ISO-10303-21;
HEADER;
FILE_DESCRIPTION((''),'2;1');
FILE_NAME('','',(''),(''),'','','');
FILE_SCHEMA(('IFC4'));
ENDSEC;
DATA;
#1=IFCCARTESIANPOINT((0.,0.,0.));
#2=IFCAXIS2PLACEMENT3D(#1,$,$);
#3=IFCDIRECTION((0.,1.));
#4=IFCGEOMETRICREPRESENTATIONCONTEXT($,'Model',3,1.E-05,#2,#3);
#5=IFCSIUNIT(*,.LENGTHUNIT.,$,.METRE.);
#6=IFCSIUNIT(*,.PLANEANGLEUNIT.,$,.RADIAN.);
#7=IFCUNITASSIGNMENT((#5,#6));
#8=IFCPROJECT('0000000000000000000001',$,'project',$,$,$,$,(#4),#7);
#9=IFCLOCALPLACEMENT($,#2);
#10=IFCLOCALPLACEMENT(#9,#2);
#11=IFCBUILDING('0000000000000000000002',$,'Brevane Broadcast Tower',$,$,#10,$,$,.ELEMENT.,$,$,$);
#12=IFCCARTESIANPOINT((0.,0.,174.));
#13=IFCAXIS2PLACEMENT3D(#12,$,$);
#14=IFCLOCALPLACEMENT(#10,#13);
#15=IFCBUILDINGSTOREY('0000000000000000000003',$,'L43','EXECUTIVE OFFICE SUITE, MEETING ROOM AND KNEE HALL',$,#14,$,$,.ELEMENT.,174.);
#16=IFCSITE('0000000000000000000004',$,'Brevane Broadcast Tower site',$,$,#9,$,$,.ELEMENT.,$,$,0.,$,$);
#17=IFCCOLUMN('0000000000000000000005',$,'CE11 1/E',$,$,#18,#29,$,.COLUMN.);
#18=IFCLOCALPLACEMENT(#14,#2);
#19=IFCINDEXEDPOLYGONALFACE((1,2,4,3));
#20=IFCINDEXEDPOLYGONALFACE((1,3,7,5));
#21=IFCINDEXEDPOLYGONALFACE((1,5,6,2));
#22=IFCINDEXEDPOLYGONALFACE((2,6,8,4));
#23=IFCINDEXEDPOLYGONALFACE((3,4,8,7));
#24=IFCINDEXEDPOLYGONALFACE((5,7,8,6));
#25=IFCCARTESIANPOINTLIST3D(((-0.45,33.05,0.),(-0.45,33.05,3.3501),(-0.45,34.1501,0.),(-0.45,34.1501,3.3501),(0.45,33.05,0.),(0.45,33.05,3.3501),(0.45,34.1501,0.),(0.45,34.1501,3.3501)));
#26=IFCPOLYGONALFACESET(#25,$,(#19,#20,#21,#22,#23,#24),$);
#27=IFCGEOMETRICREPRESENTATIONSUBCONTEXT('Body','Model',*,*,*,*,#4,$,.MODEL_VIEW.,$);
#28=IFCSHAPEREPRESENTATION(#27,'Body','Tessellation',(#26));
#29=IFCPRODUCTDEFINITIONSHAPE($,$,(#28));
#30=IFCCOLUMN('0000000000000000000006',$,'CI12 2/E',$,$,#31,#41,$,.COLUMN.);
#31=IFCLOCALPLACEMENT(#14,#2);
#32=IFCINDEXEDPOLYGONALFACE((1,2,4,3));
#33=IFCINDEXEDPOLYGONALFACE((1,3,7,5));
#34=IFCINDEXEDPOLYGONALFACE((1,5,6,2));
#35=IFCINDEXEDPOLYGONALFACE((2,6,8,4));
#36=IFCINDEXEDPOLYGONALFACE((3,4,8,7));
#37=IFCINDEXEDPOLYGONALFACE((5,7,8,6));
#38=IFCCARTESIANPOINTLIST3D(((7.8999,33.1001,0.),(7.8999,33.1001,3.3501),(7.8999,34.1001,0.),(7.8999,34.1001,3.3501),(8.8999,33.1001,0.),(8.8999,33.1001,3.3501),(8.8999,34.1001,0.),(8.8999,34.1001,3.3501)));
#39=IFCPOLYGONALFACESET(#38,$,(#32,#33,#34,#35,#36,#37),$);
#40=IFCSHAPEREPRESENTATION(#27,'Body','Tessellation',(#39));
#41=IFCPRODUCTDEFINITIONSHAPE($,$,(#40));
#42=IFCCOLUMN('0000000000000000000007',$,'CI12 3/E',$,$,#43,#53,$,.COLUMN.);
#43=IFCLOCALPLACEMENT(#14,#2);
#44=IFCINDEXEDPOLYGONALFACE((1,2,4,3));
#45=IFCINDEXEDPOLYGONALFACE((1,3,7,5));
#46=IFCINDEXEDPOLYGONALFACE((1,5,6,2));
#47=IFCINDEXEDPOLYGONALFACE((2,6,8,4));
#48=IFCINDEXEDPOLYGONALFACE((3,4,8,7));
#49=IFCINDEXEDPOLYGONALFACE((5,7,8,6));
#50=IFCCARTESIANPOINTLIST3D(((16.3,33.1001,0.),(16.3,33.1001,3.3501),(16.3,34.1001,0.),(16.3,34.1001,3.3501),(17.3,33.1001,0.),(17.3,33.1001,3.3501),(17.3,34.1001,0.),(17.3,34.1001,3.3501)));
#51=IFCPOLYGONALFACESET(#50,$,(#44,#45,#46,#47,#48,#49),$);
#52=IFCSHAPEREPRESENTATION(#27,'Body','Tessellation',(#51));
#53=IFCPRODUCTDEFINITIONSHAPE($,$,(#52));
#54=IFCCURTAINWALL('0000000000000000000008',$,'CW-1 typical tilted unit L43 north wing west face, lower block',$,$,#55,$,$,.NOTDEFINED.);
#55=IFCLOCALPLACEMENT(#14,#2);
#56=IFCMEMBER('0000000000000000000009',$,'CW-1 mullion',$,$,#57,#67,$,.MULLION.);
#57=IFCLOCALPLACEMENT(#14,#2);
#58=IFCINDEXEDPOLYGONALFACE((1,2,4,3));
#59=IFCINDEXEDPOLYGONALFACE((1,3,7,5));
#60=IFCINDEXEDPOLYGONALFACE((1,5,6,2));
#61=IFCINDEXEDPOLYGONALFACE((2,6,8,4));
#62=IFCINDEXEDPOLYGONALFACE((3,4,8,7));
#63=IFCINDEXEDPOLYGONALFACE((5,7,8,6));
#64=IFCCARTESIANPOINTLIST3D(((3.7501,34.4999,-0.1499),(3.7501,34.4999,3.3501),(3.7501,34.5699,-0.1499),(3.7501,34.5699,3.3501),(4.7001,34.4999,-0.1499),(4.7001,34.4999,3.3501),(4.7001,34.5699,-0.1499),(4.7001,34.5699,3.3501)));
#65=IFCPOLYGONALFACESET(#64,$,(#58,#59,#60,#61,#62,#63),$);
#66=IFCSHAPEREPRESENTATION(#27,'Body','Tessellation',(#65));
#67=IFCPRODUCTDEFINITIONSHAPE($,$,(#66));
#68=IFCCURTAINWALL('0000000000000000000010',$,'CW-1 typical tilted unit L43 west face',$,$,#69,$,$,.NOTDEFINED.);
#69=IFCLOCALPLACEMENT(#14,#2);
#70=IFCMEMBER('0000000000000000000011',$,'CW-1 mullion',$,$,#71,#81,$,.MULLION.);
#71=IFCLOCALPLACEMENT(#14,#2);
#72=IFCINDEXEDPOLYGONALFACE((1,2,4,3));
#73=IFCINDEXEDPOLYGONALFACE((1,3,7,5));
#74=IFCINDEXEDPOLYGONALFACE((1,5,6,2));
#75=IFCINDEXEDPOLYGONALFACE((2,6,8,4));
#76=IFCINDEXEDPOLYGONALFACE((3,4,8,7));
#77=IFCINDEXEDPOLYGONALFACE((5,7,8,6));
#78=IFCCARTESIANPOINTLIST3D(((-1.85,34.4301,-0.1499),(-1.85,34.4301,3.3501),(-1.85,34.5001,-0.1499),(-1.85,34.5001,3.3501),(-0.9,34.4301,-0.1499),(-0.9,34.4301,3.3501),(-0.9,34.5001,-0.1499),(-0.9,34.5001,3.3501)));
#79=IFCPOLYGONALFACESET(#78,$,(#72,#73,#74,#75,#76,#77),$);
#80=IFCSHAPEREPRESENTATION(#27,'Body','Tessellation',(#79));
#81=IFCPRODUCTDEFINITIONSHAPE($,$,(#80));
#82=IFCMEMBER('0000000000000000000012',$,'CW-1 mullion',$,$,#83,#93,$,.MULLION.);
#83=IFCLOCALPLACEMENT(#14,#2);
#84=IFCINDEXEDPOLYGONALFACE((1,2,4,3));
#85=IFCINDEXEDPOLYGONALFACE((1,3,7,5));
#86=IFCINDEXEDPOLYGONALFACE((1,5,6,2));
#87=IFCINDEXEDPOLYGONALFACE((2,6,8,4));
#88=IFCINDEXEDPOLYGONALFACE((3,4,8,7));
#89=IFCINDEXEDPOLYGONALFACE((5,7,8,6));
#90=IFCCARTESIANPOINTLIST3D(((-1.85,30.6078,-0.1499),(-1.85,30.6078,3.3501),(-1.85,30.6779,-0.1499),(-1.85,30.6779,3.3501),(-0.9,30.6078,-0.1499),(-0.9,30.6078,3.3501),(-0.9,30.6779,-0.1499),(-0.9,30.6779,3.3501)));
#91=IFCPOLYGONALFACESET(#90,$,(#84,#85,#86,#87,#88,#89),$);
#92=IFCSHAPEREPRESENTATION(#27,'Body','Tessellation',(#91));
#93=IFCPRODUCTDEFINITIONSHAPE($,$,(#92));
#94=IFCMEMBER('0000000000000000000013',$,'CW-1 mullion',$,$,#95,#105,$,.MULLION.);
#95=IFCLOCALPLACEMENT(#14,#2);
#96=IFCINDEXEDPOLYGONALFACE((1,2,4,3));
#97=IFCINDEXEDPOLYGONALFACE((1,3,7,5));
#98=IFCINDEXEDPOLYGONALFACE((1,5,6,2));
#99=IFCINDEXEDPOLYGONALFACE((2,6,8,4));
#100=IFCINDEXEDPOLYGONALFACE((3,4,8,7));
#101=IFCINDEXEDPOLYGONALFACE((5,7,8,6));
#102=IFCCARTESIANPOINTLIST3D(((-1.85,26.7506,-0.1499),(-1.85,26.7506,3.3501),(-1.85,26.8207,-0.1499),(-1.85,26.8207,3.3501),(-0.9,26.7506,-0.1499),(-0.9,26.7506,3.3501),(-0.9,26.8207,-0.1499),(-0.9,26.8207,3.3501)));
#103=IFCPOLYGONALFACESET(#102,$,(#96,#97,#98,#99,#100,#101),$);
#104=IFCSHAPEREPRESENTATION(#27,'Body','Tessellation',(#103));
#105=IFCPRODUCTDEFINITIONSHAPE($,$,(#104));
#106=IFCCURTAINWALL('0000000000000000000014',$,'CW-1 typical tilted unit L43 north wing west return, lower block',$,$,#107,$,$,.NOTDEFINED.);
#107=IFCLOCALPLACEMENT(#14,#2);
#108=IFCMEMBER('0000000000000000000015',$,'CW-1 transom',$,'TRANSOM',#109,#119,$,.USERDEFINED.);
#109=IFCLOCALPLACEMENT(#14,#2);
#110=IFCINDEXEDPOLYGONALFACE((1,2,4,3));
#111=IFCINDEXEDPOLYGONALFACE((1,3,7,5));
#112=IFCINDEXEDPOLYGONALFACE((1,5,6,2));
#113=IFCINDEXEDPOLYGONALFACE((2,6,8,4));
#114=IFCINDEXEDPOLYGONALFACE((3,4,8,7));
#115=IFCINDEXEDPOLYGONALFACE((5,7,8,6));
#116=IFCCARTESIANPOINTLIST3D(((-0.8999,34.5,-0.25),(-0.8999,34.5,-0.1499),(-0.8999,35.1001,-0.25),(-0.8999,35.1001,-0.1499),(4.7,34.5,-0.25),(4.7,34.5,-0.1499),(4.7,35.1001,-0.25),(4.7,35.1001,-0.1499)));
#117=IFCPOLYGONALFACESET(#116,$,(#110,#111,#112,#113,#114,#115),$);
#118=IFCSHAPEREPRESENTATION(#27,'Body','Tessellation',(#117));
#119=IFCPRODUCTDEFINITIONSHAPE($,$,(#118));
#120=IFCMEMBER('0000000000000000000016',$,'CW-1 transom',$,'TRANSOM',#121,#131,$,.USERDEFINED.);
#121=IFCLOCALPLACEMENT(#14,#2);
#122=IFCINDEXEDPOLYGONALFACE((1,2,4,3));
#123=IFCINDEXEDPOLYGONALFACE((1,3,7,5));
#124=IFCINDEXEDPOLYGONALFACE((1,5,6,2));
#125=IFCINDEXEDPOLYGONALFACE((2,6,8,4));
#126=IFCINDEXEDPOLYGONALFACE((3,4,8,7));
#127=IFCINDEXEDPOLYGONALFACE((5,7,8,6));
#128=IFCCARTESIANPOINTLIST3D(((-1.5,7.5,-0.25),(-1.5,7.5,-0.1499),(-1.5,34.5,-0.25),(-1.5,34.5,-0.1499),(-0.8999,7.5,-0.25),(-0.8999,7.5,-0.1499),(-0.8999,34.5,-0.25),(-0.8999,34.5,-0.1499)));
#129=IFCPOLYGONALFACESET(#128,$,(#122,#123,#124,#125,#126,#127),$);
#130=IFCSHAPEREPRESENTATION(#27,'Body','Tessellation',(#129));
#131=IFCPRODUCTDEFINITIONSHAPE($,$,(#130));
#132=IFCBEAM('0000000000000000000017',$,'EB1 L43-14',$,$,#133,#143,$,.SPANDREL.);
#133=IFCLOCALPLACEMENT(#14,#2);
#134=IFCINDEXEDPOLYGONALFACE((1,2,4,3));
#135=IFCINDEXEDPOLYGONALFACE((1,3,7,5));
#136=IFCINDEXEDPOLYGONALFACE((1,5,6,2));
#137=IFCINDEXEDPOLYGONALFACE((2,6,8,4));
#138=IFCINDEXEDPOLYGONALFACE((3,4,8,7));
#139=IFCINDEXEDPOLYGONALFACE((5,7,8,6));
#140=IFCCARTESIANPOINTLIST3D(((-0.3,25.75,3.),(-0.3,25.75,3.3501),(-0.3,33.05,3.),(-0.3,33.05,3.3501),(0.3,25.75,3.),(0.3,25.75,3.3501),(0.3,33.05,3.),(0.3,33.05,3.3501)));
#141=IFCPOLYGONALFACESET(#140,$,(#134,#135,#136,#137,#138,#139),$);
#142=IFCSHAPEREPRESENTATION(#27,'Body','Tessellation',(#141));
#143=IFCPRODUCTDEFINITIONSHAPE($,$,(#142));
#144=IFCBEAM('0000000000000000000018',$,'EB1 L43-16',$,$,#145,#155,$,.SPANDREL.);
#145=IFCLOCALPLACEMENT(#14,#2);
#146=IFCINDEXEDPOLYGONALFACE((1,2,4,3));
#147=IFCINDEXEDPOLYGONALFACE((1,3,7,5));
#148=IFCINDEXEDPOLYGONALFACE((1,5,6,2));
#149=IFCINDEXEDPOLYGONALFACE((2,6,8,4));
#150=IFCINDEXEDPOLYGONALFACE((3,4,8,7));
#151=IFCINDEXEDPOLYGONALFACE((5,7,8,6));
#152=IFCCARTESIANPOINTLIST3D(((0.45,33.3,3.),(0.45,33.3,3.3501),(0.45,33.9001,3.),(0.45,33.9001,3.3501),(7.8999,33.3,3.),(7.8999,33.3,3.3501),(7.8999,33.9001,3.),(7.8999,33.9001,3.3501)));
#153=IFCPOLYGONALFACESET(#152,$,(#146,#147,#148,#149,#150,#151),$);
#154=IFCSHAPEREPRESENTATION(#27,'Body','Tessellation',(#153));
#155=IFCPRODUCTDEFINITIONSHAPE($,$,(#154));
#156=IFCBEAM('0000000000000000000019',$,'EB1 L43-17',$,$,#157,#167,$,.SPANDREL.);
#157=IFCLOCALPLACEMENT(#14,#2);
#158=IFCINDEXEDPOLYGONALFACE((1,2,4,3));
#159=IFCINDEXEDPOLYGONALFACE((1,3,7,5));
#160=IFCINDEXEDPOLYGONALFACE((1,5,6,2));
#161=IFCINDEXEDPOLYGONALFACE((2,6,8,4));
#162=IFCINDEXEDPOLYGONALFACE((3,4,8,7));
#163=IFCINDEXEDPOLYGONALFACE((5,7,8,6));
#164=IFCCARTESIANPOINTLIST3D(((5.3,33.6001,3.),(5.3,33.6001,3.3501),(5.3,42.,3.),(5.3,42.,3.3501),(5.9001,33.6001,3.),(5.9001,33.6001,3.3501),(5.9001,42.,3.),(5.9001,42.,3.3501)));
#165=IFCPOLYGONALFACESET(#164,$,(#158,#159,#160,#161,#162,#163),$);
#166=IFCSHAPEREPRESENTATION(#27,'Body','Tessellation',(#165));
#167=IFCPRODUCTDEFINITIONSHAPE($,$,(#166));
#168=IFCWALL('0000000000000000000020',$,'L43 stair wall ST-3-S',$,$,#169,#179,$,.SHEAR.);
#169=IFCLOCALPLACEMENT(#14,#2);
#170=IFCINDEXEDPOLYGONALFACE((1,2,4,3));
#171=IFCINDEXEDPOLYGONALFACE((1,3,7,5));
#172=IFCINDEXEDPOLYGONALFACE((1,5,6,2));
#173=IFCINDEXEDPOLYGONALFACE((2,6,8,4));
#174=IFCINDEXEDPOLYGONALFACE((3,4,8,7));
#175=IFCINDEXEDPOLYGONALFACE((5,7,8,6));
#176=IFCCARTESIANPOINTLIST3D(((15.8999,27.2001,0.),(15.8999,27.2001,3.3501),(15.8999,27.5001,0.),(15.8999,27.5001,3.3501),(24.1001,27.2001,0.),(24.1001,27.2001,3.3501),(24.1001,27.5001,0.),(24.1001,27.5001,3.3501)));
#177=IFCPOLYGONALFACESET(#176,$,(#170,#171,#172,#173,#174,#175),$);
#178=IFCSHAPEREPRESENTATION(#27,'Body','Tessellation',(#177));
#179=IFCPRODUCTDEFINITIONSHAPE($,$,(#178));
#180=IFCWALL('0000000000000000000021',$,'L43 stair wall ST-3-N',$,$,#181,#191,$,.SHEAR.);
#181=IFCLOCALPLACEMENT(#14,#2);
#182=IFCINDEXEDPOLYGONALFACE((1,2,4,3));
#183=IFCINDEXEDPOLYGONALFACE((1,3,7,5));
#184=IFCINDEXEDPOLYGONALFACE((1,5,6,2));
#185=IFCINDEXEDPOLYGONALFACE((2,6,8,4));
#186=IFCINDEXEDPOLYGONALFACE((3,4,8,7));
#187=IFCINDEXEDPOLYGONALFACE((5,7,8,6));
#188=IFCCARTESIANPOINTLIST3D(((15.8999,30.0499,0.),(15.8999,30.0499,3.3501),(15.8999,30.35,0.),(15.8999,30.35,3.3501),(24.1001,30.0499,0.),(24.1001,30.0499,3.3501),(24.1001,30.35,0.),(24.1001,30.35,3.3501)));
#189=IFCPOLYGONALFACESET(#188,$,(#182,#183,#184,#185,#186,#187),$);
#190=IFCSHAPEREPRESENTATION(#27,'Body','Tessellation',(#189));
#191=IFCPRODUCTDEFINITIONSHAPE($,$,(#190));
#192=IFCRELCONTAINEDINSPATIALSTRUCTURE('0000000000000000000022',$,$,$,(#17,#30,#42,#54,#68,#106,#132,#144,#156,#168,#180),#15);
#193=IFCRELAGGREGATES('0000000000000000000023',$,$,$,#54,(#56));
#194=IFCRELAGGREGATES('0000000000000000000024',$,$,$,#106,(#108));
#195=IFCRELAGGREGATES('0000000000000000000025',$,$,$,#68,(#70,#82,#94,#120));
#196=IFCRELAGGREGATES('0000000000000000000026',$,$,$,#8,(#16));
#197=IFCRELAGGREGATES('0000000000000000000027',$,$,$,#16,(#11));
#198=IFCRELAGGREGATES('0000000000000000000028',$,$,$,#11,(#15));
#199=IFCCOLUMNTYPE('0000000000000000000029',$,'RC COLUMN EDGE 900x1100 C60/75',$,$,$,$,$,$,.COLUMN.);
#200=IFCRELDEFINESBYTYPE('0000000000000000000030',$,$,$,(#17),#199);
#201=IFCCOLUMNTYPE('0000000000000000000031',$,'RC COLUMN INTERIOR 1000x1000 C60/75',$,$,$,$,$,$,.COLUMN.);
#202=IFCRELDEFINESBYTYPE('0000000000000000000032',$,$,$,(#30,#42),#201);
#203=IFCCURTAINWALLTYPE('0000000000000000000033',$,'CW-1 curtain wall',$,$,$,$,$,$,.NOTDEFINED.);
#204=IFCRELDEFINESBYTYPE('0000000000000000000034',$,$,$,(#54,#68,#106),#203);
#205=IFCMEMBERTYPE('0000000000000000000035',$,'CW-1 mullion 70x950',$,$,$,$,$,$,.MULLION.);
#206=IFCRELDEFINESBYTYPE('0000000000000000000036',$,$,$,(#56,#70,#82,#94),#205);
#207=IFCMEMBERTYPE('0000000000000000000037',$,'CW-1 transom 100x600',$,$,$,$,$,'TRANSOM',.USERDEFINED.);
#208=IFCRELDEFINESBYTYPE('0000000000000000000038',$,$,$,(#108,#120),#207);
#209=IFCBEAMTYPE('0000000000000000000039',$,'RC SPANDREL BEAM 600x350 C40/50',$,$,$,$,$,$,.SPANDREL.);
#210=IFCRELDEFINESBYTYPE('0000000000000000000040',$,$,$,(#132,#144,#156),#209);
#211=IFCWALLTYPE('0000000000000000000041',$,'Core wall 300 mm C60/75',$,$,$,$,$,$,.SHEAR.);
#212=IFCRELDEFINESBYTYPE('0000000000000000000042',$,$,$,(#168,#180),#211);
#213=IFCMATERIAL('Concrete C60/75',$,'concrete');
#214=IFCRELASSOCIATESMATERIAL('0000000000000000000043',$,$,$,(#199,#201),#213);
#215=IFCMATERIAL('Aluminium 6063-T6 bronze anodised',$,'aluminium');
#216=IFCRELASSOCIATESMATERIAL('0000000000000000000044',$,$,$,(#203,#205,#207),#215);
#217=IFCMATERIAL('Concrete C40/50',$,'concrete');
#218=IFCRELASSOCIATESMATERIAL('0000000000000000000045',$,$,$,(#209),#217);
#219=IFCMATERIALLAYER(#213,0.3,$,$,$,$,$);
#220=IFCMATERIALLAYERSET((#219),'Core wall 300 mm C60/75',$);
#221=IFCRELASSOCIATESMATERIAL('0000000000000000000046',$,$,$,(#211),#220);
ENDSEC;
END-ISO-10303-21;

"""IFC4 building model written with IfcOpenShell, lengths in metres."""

from ifc_helpers import new_model, si_unit, direction, frame, frame_2d, origin, origin_2d, place, context, subcontext, project, spatial, rectangle, extrude, material, layer, layer_set, material_profile, profile_set, type_object, element, aggregate, save


model = new_model("IFC4")

# Units and contexts
model_context = context("Model", 3, precision=1e-05, world=origin(), true_north=direction((0.0, 1.0)))
body_context = subcontext(model_context, "Body", "Model", "MODEL_VIEW")
ifc_project = project(units=[si_unit("LENGTHUNIT", "METRE"), si_unit("PLANEANGLEUNIT", "RADIAN")], contexts=[model_context])

# Site, building, storey
site_placement = place(None, origin())
site = spatial("IfcSite", under=ifc_project, at=site_placement, Name="Brevane Broadcast Tower site", CompositionType="ELEMENT", RefElevation=0.0)
building_placement = place(site_placement, origin())
building = spatial("IfcBuilding", under=site, at=building_placement, Name="Brevane Broadcast Tower", CompositionType="ELEMENT")
storey_placement = place(building_placement, frame((0.0, 0.0, 174.0)))
storey = spatial("IfcBuildingStorey", under=building, at=storey_placement, Name="L43", Description="EXECUTIVE OFFICE SUITE, MEETING ROOM AND KNEE HALL", CompositionType="ELEMENT", Elevation=174.0)

# Columns
ifc_material_1 = material(Name="Concrete C60/75", Category="concrete")
ifc_material_profile_1 = material_profile(ifc_material_1, rectangle(XDim=0.8999, YDim=1.1001, at=origin_2d()), Name="RC 900x1100")
ifc_profile_set_1 = profile_set([ifc_material_profile_1], Name="Concrete C60/75")
column_type_1 = type_object("IfcColumnType", Name="RC COLUMN EDGE 900x1100 C60/75", PredefinedType="COLUMN", material=ifc_profile_set_1)
column_placement = place(storey_placement, frame((0.0, 33.6001, 0.0), z_axis=(0.0, 0.0, 1.0), x_axis=(1.0, 0.0, 0.0)))
element("IfcColumn", 1, at=column_placement, inside=storey, type_object=column_type_1, Name="CE11 1/E", PredefinedType="COLUMN", context=body_context, shape_type="SweptSolid", body=[
    extrude(rectangle(XDim=0.8999, YDim=1.1001, at=origin_2d()), origin(), (0.0, 0.0, 1.0), 3.3501),
])
ifc_material_profile_2 = material_profile(ifc_material_1, rectangle(XDim=1.0, YDim=1.0, at=origin_2d()), Name="RC 1000x1000")
ifc_profile_set_2 = profile_set([ifc_material_profile_2], Name="Concrete C60/75")
column_type_2 = type_object("IfcColumnType", Name="RC COLUMN INTERIOR 1000x1000 C60/75", PredefinedType="COLUMN", material=ifc_profile_set_2)
for number, where, z_axis, x_axis, name in (
    (2, (8.3999, 33.6001, 0.0), (0.0, 0.0, 1.0), (1.0, 0.0, 0.0), "CI12 2/E"),
    (3, (16.8, 33.6001, 0.0), (0.0, 0.0, 1.0), (1.0, 0.0, 0.0), "CI12 3/E"),
):
    element("IfcColumn", number, at=place(storey_placement, frame(where, z_axis=z_axis, x_axis=x_axis)), inside=storey, type_object=column_type_2, Name=name, PredefinedType="COLUMN", context=body_context, shape_type="SweptSolid", body=[
        extrude(rectangle(XDim=1.0, YDim=1.0, at=origin_2d()), origin(), (0.0, 0.0, 1.0), 3.3501),
    ])

# Curtain wall, member
ifc_material_2 = material(Name="Aluminium 6063-T6 bronze anodised", Category="aluminium")
curtain_wall_type = type_object("IfcCurtainWallType", Name="CW-1 curtain wall", PredefinedType="NOTDEFINED", material=ifc_material_2)
curtain_wall_1_placement = place(storey_placement, origin())
curtain_wall_1 = element("IfcCurtainWall", 4, at=curtain_wall_1_placement, inside=storey, type_object=curtain_wall_type, Name="CW-1 typical tilted unit L43 north wing west face, lower block", PredefinedType="NOTDEFINED")
ifc_material_profile_3 = material_profile(ifc_material_2, rectangle(XDim=0.95, YDim=0.0701, at=origin_2d()), Name="RECT 70x950")
ifc_profile_set_3 = profile_set([ifc_material_profile_3], Name="Aluminium 6063-T6 bronze anodised")
member_type_1 = type_object("IfcMemberType", Name="CW-1 mullion 70x950", PredefinedType="MULLION", material=ifc_profile_set_3)
member_1_placement = place(storey_placement, frame((4.2251, 34.5349, -0.1499), z_axis=(0.0, 0.0, 1.0), x_axis=(1.0, 0.0, 0.0)))
member_1 = element("IfcMember", 5, at=member_1_placement, type_object=member_type_1, Name="CW-1 mullion", PredefinedType="MULLION", context=body_context, shape_type="SweptSolid", body=[
    extrude(rectangle(XDim=0.95, YDim=0.0701, at=origin_2d()), origin(), (0.0, 0.0, 1.0), 3.5),
])
aggregate(curtain_wall_1, [member_1])

# Curtain wall, members
curtain_wall_2_placement = place(storey_placement, origin())
curtain_wall_2 = element("IfcCurtainWall", 6, at=curtain_wall_2_placement, inside=storey, type_object=curtain_wall_type, Name="CW-1 typical tilted unit L43 west face", PredefinedType="NOTDEFINED")
member_2_placement = place(storey_placement, frame((-1.375, 34.4651, -0.1499), z_axis=(0.0, 0.0, 1.0), x_axis=(1.0, 0.0, 0.0)))
member_2 = element("IfcMember", 7, at=member_2_placement, type_object=member_type_1, Name="CW-1 mullion", PredefinedType="MULLION", context=body_context, shape_type="SweptSolid", body=[
    extrude(rectangle(XDim=0.95, YDim=0.0701, at=origin_2d()), origin(), (0.0, 0.0, 1.0), 3.5),
])
member_3_placement = place(storey_placement, frame((-1.375, 30.6428, -0.1499), z_axis=(0.0, 0.0, 1.0), x_axis=(1.0, 0.0, 0.0)))
member_3 = element("IfcMember", 8, at=member_3_placement, type_object=member_type_1, Name="CW-1 mullion", PredefinedType="MULLION", context=body_context, shape_type="SweptSolid", body=[
    extrude(rectangle(XDim=0.95, YDim=0.0701, at=origin_2d()), origin(), (0.0, 0.0, 1.0), 3.5),
])
member_4_placement = place(storey_placement, frame((-1.375, 26.7856, -0.1499), z_axis=(0.0, 0.0, 1.0), x_axis=(1.0, 0.0, 0.0)))
member_4 = element("IfcMember", 9, at=member_4_placement, type_object=member_type_1, Name="CW-1 mullion", PredefinedType="MULLION", context=body_context, shape_type="SweptSolid", body=[
    extrude(rectangle(XDim=0.95, YDim=0.0701, at=origin_2d()), origin(), (0.0, 0.0, 1.0), 3.5),
])

# Curtain wall, member
curtain_wall_3_placement = place(storey_placement, origin())
curtain_wall_3 = element("IfcCurtainWall", 10, at=curtain_wall_3_placement, inside=storey, type_object=curtain_wall_type, Name="CW-1 typical tilted unit L43 north wing west return, lower block", PredefinedType="NOTDEFINED")
ifc_material_profile_4 = material_profile(ifc_material_2, rectangle(XDim=0.6001, YDim=0.1001, at=origin_2d()), Name="RECT 100x600")
ifc_profile_set_4 = profile_set([ifc_material_profile_4], Name="Aluminium 6063-T6 bronze anodised")
member_type_2 = type_object("IfcMemberType", Name="CW-1 transom 100x600", ElementType="TRANSOM", PredefinedType="USERDEFINED", material=ifc_profile_set_4)
member_5_placement = place(storey_placement, frame((4.7, 34.8, -0.2), z_axis=(-1.0, 0.0, 0.0), x_axis=(0.0, -1.0, 0.0)))
member_5 = element("IfcMember", 11, at=member_5_placement, type_object=member_type_2, Name="CW-1 transom", ObjectType="TRANSOM", PredefinedType="USERDEFINED", context=body_context, shape_type="SweptSolid", body=[
    extrude(rectangle(XDim=0.6001, YDim=0.1001, at=origin_2d()), origin(), (0.0, 0.0, 1.0), 5.5999),
])
aggregate(curtain_wall_3, [member_5])

# Member
member_6_placement = place(storey_placement, frame((-1.2, 34.5, -0.2), z_axis=(0.0, -1.0, 0.0), x_axis=(1.0, 0.0, 0.0)))
member_6 = element("IfcMember", 12, at=member_6_placement, type_object=member_type_2, Name="CW-1 transom", ObjectType="TRANSOM", PredefinedType="USERDEFINED", context=body_context, shape_type="SweptSolid", body=[
    extrude(rectangle(XDim=0.6001, YDim=0.1001, at=origin_2d()), origin(), (0.0, 0.0, 1.0), 27.0),
])
aggregate(curtain_wall_2, [member_2, member_3, member_4, member_6])

# Beams
ifc_material_3 = material(Name="Concrete C40/50", Category="concrete")
ifc_material_profile_5 = material_profile(ifc_material_3, rectangle(XDim=0.6001, YDim=0.3501, at=origin_2d()), Name="RC 600x350")
ifc_profile_set_5 = profile_set([ifc_material_profile_5], Name="Concrete C40/50")
beam_type = type_object("IfcBeamType", Name="RC SPANDREL BEAM 600x350 C40/50", PredefinedType="SPANDREL", material=ifc_profile_set_5)
beam_1_placement = place(storey_placement, frame((0.0, 33.05, 3.175), z_axis=(0.0, -1.0, 0.0), x_axis=(1.0, 0.0, 0.0)))
element("IfcBeam", 13, at=beam_1_placement, inside=storey, type_object=beam_type, Name="EB1 L43-14", PredefinedType="SPANDREL", context=body_context, shape_type="SweptSolid", body=[
    extrude(rectangle(XDim=0.6001, YDim=0.3501, at=origin_2d()), origin(), (0.0, 0.0, 1.0), 7.3),
])
beam_2_placement = place(storey_placement, frame((0.45, 33.6001, 3.175), z_axis=(1.0, 0.0, 0.0), x_axis=(0.0, 1.0, 0.0)))
element("IfcBeam", 14, at=beam_2_placement, inside=storey, type_object=beam_type, Name="EB1 L43-16", PredefinedType="SPANDREL", context=body_context, shape_type="SweptSolid", body=[
    extrude(rectangle(XDim=0.6001, YDim=0.3501, at=origin_2d()), origin(), (0.0, 0.0, 1.0), 7.45),
])
beam_3_placement = place(storey_placement, frame((5.6001, 33.6001, 3.175), z_axis=(0.0, 1.0, 0.0), x_axis=(-1.0, 0.0, 0.0)))
element("IfcBeam", 15, at=beam_3_placement, inside=storey, type_object=beam_type, Name="EB1 L43-17", PredefinedType="SPANDREL", context=body_context, shape_type="SweptSolid", body=[
    extrude(rectangle(XDim=0.6001, YDim=0.3501, at=origin_2d()), origin(), (0.0, 0.0, 1.0), 8.3999),
])

# Walls
ifc_layer_1 = layer(ifc_material_1, 0.3)
ifc_layer_set_1 = layer_set([ifc_layer_1], Name="Core wall 300 mm C60/75")
wall_type_1 = type_object("IfcWallType", Name="Core wall 300 mm C60/75", PredefinedType="SHEAR", material=ifc_layer_set_1)
for number, where, z_axis, x_axis, name in (
    (16, (15.8999, 27.3501, 0.0), (0.0, 0.0, 1.0), (1.0, 0.0, 0.0), "L43 stair wall ST-3-S"),
    (17, (15.8999, 30.2, 0.0), (0.0, 0.0, 1.0), (1.0, 0.0, 0.0), "L43 stair wall ST-3-N"),
):
    element("IfcWall", number, at=place(storey_placement, frame(where, z_axis=z_axis, x_axis=x_axis)), inside=storey, type_object=wall_type_1, Name=name, PredefinedType="SHEAR", context=body_context, shape_type="SweptSolid", body=[
        extrude(rectangle(XDim=8.2002, YDim=0.3, at=frame_2d((4.1001, 0.0))), origin(), (0.0, 0.0, 1.0), 3.3501),
    ])

save(model, "model.ifc")
